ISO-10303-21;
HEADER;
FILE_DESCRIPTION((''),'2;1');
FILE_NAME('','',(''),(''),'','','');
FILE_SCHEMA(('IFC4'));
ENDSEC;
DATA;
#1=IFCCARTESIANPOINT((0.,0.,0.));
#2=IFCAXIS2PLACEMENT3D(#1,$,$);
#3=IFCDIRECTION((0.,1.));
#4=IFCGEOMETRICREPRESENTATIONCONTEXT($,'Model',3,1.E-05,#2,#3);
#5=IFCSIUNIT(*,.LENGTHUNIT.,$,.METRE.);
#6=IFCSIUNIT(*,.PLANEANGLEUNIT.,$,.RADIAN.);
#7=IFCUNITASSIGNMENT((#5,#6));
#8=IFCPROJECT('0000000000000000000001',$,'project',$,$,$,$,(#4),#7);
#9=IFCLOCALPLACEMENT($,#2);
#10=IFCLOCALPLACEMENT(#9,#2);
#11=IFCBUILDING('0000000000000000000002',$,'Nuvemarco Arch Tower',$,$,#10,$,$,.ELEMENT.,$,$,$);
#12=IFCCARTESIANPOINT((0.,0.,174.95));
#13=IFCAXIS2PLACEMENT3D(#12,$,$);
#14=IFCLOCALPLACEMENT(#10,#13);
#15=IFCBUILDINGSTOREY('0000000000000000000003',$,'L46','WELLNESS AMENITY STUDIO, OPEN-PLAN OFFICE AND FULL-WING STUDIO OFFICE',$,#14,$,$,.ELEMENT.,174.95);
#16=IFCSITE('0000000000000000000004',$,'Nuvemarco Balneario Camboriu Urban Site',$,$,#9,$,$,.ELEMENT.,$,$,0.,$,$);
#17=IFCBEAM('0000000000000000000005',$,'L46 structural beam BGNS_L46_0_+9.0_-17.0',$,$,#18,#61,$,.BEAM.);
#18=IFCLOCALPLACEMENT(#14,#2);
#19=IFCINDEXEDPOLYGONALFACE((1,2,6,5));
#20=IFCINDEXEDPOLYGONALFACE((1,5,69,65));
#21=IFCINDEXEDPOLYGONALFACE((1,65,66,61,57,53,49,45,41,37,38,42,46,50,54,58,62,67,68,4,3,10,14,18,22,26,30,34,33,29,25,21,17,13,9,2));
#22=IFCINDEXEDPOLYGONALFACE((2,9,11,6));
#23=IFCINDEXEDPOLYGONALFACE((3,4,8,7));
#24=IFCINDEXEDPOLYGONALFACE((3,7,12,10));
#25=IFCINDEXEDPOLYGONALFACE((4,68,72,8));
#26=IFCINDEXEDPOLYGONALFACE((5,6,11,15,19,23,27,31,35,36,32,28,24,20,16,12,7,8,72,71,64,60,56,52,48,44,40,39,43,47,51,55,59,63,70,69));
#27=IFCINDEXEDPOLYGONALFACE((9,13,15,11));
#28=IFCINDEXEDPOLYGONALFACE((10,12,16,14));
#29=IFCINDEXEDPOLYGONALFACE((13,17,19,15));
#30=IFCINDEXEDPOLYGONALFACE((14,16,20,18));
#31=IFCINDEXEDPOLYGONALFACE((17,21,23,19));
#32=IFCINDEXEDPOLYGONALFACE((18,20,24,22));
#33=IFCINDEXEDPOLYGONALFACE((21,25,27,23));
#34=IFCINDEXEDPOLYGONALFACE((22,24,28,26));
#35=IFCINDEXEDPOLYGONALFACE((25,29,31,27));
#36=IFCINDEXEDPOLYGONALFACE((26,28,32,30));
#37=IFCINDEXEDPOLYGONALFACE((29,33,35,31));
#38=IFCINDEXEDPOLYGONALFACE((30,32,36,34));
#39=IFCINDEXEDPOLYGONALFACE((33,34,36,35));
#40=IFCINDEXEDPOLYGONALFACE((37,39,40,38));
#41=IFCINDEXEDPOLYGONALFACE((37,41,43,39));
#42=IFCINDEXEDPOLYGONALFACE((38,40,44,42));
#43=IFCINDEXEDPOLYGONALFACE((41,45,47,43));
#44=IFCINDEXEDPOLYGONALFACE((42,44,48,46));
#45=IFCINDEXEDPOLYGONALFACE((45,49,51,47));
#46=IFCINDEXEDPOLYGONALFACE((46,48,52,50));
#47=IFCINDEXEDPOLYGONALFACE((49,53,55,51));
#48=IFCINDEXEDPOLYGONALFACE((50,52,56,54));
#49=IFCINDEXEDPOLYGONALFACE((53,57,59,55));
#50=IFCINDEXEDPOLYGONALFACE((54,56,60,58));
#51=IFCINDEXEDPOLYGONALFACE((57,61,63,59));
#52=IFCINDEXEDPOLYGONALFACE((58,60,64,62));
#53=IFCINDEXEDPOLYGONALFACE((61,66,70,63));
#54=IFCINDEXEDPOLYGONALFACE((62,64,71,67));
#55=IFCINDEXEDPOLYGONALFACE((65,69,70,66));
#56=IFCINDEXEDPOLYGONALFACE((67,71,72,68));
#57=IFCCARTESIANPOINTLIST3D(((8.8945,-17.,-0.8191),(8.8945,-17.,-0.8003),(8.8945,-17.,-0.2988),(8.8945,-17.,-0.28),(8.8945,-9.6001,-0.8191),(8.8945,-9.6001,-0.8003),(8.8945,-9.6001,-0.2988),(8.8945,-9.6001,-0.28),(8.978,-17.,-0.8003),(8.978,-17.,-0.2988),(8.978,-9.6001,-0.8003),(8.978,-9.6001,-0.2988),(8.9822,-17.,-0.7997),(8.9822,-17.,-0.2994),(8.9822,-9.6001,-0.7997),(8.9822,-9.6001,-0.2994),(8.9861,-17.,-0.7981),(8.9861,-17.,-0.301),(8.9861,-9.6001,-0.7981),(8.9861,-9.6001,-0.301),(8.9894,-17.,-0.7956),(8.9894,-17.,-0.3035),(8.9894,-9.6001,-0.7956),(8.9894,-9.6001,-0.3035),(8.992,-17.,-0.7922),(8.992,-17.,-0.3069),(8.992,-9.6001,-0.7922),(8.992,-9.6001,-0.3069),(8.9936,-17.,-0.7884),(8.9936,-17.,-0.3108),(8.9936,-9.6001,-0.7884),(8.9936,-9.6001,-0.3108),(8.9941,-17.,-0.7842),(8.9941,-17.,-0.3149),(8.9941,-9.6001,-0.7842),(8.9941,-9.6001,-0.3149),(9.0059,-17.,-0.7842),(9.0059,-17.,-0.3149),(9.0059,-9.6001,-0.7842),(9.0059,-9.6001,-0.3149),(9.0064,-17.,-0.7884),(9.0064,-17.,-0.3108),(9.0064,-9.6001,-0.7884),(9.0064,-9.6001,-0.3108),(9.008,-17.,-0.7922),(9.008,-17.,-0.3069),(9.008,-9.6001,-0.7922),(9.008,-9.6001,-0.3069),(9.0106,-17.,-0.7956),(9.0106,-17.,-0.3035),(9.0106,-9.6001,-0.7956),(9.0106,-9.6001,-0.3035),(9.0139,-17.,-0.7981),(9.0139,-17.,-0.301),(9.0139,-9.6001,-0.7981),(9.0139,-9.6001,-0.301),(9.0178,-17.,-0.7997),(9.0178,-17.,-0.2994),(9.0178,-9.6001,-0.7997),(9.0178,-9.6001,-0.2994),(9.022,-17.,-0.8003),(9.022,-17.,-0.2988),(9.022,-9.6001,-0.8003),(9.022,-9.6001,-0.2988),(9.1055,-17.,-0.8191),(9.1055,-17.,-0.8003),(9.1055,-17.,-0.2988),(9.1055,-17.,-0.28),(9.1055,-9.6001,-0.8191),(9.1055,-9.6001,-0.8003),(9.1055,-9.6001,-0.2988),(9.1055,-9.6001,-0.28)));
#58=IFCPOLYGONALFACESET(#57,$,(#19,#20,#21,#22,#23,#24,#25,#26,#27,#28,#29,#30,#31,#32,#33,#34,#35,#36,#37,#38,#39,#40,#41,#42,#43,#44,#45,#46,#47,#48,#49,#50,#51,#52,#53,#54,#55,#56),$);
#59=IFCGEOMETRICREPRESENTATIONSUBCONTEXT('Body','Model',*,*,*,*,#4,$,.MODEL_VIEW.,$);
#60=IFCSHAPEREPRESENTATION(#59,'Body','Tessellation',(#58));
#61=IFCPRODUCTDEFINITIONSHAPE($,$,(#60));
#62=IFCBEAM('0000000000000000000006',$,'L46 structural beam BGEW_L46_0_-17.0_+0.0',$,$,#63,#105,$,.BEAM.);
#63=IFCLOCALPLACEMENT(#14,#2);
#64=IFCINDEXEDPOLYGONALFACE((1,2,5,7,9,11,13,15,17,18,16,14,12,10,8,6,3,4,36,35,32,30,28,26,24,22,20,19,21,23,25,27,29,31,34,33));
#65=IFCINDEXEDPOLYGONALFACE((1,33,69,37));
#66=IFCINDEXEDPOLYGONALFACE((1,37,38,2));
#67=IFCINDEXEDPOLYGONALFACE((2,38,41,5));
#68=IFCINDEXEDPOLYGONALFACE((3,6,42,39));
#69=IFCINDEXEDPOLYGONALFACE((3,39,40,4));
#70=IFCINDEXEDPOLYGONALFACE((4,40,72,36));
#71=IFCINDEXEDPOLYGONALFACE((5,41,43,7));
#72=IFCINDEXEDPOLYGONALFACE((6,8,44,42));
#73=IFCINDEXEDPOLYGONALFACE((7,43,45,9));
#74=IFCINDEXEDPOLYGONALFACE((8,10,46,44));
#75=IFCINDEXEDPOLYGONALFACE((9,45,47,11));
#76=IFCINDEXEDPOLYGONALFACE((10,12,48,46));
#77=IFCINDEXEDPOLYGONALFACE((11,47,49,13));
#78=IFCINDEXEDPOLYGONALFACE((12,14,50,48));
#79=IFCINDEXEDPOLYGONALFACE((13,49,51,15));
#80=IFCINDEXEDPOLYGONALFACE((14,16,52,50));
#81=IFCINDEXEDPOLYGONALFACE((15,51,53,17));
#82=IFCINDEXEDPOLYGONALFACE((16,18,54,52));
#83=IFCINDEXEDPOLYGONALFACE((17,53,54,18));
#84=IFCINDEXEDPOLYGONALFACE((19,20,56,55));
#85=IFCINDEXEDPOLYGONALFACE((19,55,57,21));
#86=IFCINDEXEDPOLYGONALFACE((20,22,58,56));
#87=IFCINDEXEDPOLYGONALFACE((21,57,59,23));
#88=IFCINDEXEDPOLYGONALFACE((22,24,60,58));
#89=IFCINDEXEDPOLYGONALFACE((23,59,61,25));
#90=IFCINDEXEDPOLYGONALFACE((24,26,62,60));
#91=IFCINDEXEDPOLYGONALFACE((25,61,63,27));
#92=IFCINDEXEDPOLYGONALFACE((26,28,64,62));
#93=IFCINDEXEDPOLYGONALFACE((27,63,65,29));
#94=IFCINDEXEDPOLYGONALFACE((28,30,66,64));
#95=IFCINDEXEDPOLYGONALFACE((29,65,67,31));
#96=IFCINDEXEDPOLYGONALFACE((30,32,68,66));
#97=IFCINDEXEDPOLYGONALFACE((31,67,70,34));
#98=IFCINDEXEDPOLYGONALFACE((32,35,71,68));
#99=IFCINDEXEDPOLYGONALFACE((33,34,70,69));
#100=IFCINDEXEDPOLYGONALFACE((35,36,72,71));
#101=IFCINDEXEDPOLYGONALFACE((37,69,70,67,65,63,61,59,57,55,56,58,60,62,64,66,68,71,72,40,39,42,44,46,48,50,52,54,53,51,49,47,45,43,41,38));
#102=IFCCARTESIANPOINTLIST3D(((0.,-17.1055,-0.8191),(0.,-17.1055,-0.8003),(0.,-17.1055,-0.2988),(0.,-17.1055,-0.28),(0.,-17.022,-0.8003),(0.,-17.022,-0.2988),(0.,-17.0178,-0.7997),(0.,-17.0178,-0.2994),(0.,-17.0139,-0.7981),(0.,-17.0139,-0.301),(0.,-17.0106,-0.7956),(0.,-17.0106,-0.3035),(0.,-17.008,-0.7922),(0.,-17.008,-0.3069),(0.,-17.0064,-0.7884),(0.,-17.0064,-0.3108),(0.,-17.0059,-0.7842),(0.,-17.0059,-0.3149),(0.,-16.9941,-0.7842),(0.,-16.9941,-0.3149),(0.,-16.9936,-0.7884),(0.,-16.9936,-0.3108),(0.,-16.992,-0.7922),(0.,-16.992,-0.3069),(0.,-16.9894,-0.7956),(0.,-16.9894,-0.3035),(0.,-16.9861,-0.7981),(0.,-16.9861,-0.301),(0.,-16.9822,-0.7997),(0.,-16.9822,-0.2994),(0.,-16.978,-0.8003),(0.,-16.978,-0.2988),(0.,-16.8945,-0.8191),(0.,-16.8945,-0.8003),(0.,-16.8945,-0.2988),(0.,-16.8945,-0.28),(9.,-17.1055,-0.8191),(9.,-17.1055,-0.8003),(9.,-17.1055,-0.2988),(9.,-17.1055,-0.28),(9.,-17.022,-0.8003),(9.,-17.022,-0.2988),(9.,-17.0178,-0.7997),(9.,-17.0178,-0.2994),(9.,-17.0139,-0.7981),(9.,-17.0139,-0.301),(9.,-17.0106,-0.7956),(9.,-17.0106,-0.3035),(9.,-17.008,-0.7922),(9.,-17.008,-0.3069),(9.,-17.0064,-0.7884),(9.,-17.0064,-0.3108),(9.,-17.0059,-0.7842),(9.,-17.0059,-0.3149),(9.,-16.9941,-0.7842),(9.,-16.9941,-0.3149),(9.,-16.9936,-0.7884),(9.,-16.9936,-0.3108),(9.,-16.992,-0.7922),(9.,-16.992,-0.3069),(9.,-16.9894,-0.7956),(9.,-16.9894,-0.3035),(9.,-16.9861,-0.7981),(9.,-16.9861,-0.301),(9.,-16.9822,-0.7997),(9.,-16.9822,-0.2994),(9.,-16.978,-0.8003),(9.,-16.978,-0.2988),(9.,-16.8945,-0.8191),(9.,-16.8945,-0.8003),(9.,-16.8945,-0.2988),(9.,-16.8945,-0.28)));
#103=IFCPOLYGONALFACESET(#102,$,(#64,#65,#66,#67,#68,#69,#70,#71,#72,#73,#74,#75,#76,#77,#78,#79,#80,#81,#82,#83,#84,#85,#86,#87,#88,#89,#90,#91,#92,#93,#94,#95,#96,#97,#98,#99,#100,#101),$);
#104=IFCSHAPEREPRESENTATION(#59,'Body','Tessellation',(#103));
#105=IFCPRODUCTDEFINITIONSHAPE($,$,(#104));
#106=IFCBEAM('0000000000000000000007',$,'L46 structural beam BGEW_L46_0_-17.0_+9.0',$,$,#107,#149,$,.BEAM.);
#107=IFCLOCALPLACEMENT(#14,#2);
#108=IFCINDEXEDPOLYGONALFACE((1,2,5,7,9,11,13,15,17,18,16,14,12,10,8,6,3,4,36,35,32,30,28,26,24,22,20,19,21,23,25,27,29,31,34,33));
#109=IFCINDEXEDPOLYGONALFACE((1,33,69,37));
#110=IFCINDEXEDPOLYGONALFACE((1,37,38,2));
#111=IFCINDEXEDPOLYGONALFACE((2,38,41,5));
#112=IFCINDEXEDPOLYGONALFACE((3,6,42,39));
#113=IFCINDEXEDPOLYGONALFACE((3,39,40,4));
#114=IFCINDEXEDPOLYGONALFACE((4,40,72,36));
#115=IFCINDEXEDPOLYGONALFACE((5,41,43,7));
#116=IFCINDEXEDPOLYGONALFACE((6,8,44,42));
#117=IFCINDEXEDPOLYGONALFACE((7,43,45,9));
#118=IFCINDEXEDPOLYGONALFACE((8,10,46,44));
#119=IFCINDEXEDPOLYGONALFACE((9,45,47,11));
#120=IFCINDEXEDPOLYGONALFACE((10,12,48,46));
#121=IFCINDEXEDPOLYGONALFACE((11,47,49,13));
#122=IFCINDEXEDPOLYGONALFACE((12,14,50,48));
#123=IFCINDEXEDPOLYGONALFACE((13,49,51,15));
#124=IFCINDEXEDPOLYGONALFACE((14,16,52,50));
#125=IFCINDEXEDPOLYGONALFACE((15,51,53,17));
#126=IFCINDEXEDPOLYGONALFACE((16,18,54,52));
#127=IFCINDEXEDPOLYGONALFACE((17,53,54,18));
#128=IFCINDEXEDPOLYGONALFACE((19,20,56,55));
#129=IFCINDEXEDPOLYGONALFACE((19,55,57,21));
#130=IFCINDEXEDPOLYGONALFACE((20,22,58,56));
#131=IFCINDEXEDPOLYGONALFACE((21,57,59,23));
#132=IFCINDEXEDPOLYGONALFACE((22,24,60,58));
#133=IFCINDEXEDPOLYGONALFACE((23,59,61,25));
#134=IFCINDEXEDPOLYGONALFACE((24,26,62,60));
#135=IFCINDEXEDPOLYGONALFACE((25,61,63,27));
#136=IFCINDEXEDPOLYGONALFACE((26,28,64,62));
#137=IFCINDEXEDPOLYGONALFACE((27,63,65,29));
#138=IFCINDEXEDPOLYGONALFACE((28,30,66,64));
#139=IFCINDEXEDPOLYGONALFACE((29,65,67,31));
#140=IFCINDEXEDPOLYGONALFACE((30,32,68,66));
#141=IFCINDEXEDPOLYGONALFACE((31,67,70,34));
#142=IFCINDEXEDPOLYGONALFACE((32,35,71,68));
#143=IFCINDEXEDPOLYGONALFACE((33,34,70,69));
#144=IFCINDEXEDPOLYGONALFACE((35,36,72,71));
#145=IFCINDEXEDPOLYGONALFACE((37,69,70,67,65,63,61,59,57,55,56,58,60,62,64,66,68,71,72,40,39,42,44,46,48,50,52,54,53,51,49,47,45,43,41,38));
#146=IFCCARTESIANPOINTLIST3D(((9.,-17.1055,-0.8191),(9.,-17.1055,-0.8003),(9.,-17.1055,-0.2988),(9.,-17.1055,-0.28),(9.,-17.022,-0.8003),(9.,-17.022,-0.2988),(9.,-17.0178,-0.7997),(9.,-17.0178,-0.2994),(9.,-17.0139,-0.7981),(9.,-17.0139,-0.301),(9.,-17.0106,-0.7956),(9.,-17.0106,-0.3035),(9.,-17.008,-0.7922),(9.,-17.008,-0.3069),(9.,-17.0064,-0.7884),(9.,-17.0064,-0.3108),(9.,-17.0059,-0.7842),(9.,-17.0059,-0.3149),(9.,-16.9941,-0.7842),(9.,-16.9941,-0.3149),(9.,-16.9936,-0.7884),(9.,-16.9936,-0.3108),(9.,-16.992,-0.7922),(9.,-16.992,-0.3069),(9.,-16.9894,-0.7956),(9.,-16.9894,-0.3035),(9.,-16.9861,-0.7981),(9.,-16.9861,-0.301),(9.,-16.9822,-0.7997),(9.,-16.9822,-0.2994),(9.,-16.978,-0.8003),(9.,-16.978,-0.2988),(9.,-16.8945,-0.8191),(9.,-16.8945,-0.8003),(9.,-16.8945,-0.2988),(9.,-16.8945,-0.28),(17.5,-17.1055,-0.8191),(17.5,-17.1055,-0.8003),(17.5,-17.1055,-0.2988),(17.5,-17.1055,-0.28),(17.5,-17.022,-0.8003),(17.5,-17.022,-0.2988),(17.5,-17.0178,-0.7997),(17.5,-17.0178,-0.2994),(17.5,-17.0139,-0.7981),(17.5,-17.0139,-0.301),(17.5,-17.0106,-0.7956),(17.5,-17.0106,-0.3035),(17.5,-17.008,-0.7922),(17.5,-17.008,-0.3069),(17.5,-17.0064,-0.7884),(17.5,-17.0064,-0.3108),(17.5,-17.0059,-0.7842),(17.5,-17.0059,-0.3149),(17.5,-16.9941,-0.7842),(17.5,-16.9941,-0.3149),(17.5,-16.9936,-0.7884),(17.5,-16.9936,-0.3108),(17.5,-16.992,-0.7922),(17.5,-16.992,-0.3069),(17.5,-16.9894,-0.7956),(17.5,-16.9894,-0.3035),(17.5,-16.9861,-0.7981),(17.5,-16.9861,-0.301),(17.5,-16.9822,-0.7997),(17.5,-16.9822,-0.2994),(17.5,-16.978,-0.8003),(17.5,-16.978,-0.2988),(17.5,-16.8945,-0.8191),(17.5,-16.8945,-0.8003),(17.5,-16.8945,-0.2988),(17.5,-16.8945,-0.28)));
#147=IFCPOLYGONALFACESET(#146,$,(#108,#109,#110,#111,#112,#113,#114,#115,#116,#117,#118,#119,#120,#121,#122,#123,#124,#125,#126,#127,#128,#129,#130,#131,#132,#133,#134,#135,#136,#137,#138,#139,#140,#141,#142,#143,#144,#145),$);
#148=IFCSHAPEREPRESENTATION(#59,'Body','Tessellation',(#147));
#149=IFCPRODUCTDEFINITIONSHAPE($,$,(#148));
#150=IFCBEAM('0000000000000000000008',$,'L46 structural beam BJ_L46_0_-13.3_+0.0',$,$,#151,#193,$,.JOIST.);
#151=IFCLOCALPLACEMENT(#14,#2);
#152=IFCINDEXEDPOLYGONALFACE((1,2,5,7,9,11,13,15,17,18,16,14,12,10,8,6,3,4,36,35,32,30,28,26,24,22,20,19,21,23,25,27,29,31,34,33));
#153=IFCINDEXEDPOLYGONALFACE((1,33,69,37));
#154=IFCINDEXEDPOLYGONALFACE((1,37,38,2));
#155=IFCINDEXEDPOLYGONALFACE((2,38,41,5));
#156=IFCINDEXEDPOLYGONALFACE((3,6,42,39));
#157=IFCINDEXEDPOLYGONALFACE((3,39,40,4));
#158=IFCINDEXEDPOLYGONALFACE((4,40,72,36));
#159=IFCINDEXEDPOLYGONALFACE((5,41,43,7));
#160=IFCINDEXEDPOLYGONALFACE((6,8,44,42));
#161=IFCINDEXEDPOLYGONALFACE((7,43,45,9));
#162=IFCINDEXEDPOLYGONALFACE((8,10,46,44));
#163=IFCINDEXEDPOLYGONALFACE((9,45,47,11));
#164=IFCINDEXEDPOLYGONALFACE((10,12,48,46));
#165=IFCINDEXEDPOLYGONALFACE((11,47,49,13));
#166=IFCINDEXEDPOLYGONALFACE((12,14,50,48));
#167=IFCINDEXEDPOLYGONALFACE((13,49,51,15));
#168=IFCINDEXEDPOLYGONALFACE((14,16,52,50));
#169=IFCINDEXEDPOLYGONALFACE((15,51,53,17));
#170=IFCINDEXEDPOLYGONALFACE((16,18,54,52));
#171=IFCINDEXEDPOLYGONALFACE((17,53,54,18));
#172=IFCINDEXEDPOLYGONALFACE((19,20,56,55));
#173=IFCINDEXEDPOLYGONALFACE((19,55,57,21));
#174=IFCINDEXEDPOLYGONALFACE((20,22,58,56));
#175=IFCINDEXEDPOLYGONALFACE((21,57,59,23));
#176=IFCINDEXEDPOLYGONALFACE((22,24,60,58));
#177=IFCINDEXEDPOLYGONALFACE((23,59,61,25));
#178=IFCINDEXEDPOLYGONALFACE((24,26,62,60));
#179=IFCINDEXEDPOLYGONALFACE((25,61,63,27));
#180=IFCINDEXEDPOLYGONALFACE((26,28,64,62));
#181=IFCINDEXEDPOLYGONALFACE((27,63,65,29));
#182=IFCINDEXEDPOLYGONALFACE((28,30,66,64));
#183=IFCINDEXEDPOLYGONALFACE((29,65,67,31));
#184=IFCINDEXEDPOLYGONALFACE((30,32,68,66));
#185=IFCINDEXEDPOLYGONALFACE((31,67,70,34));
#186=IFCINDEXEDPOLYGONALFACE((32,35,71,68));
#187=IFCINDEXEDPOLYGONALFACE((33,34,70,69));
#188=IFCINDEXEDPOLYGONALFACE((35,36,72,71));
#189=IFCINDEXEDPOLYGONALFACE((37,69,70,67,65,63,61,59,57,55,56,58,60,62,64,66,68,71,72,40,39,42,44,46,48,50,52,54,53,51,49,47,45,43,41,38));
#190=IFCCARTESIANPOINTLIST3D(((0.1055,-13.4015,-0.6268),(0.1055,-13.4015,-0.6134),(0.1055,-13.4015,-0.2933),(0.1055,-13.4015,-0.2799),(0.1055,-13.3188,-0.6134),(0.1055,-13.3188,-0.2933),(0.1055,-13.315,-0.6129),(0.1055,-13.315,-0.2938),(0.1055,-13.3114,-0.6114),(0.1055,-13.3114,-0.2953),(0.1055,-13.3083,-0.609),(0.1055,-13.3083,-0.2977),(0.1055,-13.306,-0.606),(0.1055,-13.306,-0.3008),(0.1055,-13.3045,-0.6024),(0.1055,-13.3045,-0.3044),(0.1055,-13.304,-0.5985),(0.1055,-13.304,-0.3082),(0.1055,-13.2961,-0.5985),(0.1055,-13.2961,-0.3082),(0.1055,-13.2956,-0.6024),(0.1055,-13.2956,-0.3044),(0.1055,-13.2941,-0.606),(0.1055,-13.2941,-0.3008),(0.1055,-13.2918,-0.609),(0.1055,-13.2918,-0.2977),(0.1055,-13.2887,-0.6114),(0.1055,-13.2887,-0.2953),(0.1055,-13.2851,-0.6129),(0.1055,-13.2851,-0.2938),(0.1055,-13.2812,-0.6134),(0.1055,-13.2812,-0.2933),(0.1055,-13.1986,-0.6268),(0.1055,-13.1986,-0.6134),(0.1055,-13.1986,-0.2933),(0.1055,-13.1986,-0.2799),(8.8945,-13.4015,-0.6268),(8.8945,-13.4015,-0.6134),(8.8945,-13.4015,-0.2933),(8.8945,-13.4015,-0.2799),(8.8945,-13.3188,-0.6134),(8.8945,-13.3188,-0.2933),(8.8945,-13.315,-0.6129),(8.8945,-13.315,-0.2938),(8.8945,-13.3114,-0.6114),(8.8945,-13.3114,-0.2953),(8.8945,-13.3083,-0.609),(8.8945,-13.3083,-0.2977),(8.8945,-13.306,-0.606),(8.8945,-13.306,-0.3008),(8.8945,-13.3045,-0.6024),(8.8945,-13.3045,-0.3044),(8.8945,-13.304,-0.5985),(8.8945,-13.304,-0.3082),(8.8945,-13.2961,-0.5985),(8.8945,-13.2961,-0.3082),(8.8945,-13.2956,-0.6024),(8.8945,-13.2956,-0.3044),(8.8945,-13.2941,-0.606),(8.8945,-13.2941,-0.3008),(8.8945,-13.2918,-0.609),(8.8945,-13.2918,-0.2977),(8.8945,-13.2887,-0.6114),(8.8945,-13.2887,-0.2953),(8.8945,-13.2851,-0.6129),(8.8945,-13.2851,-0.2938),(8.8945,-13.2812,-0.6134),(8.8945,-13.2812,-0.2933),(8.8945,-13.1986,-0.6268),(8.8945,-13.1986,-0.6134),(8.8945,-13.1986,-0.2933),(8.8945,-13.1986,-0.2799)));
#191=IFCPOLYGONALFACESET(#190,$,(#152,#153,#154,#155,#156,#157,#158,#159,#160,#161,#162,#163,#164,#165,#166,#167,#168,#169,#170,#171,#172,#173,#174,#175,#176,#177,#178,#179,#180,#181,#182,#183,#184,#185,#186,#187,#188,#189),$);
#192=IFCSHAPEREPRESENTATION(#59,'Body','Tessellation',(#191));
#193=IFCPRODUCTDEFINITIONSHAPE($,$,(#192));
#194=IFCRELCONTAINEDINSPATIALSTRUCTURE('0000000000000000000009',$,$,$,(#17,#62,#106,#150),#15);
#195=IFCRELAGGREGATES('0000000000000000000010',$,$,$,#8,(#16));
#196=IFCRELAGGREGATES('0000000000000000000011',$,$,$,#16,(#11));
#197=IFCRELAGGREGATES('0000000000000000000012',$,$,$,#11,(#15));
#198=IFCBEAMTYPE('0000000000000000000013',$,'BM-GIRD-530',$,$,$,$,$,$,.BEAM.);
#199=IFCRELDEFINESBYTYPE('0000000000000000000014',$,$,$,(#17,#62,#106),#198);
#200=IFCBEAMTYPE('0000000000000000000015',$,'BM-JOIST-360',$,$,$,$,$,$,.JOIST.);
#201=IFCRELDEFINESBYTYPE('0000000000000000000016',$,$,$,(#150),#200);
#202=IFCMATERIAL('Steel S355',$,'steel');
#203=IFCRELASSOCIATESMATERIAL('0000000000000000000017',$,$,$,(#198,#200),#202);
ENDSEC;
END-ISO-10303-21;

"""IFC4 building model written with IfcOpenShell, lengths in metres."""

from ifc_helpers import new_model, si_unit, direction, frame, origin, origin_2d, place, context, subcontext, project, spatial, i_section, extrude, material, material_profile, profile_set, type_object, element, save


model = new_model("IFC4")

# Units and contexts
model_context = context("Model", 3, precision=1e-05, world=origin(), true_north=direction((0.0, 1.0)))
body_context = subcontext(model_context, "Body", "Model", "MODEL_VIEW")
ifc_project = project(units=[si_unit("LENGTHUNIT", "METRE"), si_unit("PLANEANGLEUNIT", "RADIAN")], contexts=[model_context])

# Site, building, storey
site_placement = place(None, origin())
site = spatial("IfcSite", under=ifc_project, at=site_placement, Name="Nuvemarco Balneario Camboriu Urban Site", CompositionType="ELEMENT", RefElevation=0.0)
building_placement = place(site_placement, origin())
building = spatial("IfcBuilding", under=site, at=building_placement, Name="Nuvemarco Arch Tower", CompositionType="ELEMENT")
storey_placement = place(building_placement, frame((0.0, 0.0, 174.95)))
storey = spatial("IfcBuildingStorey", under=building, at=storey_placement, Name="L46", Description="WELLNESS AMENITY STUDIO, OPEN-PLAN OFFICE AND FULL-WING STUDIO OFFICE", CompositionType="ELEMENT", Elevation=174.95)

# Shared definitions
ifc_material_1 = material(Name="Steel S355", Category="steel")

# Beams
ifc_material_profile_1 = material_profile(ifc_material_1, i_section(OverallWidth=0.2109, OverallDepth=0.5391, WebThickness=0.0117, FlangeThickness=0.0188, FilletRadius=0.0161, at=origin_2d()), Name="W530x109")
ifc_profile_set_1 = profile_set([ifc_material_profile_1], Name="Steel S355")
beam_type_1 = type_object("IfcBeamType", Name="BM-GIRD-530", PredefinedType="BEAM", material=ifc_profile_set_1)
beam_1_placement = place(storey_placement, frame((9.0, -17.0, -0.5496), z_axis=(0.0, 1.0, 0.0), x_axis=(-1.0, 0.0, 0.0)))
element("IfcBeam", 1, at=beam_1_placement, inside=storey, type_object=beam_type_1, Name="L46 structural beam BGNS_L46_0_+9.0_-17.0", PredefinedType="BEAM", context=body_context, shape_type="SweptSolid", body=[
    extrude(i_section(OverallWidth=0.2109, OverallDepth=0.5391, WebThickness=0.0117, FlangeThickness=0.0188, FilletRadius=0.0161, at=origin_2d()), origin(), (0.0, 0.0, 1.0), 7.3999),
])
beam_2_placement = place(storey_placement, frame((0.0, -17.0, -0.5496), z_axis=(1.0, 0.0, 0.0), x_axis=(0.0, 1.0, 0.0)))
element("IfcBeam", 2, at=beam_2_placement, inside=storey, type_object=beam_type_1, Name="L46 structural beam BGEW_L46_0_-17.0_+0.0", PredefinedType="BEAM", context=body_context, shape_type="SweptSolid", body=[
    extrude(i_section(OverallWidth=0.2109, OverallDepth=0.5391, WebThickness=0.0117, FlangeThickness=0.0188, FilletRadius=0.0161, at=origin_2d()), origin(), (0.0, 0.0, 1.0), 9.0),
])
beam_3_placement = place(storey_placement, frame((9.0, -17.0, -0.5496), z_axis=(1.0, 0.0, 0.0), x_axis=(0.0, 1.0, 0.0)))
element("IfcBeam", 3, at=beam_3_placement, inside=storey, type_object=beam_type_1, Name="L46 structural beam BGEW_L46_0_-17.0_+9.0", PredefinedType="BEAM", context=body_context, shape_type="SweptSolid", body=[
    extrude(i_section(OverallWidth=0.2109, OverallDepth=0.5391, WebThickness=0.0117, FlangeThickness=0.0188, FilletRadius=0.0161, at=origin_2d()), origin(), (0.0, 0.0, 1.0), 8.5),
])
ifc_material_profile_2 = material_profile(ifc_material_1, i_section(OverallWidth=0.2029, OverallDepth=0.3469, WebThickness=0.0078, FlangeThickness=0.0134, FilletRadius=0.0149, at=origin_2d()), Name="W360x64")
ifc_profile_set_2 = profile_set([ifc_material_profile_2], Name="Steel S355")
beam_type_2 = type_object("IfcBeamType", Name="BM-JOIST-360", PredefinedType="JOIST", material=ifc_profile_set_2)
beam_4_placement = place(storey_placement, frame((0.1055, -13.3, -0.4534), z_axis=(1.0, 0.0, 0.0), x_axis=(0.0, 1.0, 0.0)))
element("IfcBeam", 4, at=beam_4_placement, inside=storey, type_object=beam_type_2, Name="L46 structural beam BJ_L46_0_-13.3_+0.0", PredefinedType="JOIST", context=body_context, shape_type="SweptSolid", body=[
    extrude(i_section(OverallWidth=0.2029, OverallDepth=0.3469, WebThickness=0.0078, FlangeThickness=0.0134, FilletRadius=0.0149, at=origin_2d()), origin(), (0.0, 0.0, 1.0), 8.7891),
])

save(model, "model.ifc")
